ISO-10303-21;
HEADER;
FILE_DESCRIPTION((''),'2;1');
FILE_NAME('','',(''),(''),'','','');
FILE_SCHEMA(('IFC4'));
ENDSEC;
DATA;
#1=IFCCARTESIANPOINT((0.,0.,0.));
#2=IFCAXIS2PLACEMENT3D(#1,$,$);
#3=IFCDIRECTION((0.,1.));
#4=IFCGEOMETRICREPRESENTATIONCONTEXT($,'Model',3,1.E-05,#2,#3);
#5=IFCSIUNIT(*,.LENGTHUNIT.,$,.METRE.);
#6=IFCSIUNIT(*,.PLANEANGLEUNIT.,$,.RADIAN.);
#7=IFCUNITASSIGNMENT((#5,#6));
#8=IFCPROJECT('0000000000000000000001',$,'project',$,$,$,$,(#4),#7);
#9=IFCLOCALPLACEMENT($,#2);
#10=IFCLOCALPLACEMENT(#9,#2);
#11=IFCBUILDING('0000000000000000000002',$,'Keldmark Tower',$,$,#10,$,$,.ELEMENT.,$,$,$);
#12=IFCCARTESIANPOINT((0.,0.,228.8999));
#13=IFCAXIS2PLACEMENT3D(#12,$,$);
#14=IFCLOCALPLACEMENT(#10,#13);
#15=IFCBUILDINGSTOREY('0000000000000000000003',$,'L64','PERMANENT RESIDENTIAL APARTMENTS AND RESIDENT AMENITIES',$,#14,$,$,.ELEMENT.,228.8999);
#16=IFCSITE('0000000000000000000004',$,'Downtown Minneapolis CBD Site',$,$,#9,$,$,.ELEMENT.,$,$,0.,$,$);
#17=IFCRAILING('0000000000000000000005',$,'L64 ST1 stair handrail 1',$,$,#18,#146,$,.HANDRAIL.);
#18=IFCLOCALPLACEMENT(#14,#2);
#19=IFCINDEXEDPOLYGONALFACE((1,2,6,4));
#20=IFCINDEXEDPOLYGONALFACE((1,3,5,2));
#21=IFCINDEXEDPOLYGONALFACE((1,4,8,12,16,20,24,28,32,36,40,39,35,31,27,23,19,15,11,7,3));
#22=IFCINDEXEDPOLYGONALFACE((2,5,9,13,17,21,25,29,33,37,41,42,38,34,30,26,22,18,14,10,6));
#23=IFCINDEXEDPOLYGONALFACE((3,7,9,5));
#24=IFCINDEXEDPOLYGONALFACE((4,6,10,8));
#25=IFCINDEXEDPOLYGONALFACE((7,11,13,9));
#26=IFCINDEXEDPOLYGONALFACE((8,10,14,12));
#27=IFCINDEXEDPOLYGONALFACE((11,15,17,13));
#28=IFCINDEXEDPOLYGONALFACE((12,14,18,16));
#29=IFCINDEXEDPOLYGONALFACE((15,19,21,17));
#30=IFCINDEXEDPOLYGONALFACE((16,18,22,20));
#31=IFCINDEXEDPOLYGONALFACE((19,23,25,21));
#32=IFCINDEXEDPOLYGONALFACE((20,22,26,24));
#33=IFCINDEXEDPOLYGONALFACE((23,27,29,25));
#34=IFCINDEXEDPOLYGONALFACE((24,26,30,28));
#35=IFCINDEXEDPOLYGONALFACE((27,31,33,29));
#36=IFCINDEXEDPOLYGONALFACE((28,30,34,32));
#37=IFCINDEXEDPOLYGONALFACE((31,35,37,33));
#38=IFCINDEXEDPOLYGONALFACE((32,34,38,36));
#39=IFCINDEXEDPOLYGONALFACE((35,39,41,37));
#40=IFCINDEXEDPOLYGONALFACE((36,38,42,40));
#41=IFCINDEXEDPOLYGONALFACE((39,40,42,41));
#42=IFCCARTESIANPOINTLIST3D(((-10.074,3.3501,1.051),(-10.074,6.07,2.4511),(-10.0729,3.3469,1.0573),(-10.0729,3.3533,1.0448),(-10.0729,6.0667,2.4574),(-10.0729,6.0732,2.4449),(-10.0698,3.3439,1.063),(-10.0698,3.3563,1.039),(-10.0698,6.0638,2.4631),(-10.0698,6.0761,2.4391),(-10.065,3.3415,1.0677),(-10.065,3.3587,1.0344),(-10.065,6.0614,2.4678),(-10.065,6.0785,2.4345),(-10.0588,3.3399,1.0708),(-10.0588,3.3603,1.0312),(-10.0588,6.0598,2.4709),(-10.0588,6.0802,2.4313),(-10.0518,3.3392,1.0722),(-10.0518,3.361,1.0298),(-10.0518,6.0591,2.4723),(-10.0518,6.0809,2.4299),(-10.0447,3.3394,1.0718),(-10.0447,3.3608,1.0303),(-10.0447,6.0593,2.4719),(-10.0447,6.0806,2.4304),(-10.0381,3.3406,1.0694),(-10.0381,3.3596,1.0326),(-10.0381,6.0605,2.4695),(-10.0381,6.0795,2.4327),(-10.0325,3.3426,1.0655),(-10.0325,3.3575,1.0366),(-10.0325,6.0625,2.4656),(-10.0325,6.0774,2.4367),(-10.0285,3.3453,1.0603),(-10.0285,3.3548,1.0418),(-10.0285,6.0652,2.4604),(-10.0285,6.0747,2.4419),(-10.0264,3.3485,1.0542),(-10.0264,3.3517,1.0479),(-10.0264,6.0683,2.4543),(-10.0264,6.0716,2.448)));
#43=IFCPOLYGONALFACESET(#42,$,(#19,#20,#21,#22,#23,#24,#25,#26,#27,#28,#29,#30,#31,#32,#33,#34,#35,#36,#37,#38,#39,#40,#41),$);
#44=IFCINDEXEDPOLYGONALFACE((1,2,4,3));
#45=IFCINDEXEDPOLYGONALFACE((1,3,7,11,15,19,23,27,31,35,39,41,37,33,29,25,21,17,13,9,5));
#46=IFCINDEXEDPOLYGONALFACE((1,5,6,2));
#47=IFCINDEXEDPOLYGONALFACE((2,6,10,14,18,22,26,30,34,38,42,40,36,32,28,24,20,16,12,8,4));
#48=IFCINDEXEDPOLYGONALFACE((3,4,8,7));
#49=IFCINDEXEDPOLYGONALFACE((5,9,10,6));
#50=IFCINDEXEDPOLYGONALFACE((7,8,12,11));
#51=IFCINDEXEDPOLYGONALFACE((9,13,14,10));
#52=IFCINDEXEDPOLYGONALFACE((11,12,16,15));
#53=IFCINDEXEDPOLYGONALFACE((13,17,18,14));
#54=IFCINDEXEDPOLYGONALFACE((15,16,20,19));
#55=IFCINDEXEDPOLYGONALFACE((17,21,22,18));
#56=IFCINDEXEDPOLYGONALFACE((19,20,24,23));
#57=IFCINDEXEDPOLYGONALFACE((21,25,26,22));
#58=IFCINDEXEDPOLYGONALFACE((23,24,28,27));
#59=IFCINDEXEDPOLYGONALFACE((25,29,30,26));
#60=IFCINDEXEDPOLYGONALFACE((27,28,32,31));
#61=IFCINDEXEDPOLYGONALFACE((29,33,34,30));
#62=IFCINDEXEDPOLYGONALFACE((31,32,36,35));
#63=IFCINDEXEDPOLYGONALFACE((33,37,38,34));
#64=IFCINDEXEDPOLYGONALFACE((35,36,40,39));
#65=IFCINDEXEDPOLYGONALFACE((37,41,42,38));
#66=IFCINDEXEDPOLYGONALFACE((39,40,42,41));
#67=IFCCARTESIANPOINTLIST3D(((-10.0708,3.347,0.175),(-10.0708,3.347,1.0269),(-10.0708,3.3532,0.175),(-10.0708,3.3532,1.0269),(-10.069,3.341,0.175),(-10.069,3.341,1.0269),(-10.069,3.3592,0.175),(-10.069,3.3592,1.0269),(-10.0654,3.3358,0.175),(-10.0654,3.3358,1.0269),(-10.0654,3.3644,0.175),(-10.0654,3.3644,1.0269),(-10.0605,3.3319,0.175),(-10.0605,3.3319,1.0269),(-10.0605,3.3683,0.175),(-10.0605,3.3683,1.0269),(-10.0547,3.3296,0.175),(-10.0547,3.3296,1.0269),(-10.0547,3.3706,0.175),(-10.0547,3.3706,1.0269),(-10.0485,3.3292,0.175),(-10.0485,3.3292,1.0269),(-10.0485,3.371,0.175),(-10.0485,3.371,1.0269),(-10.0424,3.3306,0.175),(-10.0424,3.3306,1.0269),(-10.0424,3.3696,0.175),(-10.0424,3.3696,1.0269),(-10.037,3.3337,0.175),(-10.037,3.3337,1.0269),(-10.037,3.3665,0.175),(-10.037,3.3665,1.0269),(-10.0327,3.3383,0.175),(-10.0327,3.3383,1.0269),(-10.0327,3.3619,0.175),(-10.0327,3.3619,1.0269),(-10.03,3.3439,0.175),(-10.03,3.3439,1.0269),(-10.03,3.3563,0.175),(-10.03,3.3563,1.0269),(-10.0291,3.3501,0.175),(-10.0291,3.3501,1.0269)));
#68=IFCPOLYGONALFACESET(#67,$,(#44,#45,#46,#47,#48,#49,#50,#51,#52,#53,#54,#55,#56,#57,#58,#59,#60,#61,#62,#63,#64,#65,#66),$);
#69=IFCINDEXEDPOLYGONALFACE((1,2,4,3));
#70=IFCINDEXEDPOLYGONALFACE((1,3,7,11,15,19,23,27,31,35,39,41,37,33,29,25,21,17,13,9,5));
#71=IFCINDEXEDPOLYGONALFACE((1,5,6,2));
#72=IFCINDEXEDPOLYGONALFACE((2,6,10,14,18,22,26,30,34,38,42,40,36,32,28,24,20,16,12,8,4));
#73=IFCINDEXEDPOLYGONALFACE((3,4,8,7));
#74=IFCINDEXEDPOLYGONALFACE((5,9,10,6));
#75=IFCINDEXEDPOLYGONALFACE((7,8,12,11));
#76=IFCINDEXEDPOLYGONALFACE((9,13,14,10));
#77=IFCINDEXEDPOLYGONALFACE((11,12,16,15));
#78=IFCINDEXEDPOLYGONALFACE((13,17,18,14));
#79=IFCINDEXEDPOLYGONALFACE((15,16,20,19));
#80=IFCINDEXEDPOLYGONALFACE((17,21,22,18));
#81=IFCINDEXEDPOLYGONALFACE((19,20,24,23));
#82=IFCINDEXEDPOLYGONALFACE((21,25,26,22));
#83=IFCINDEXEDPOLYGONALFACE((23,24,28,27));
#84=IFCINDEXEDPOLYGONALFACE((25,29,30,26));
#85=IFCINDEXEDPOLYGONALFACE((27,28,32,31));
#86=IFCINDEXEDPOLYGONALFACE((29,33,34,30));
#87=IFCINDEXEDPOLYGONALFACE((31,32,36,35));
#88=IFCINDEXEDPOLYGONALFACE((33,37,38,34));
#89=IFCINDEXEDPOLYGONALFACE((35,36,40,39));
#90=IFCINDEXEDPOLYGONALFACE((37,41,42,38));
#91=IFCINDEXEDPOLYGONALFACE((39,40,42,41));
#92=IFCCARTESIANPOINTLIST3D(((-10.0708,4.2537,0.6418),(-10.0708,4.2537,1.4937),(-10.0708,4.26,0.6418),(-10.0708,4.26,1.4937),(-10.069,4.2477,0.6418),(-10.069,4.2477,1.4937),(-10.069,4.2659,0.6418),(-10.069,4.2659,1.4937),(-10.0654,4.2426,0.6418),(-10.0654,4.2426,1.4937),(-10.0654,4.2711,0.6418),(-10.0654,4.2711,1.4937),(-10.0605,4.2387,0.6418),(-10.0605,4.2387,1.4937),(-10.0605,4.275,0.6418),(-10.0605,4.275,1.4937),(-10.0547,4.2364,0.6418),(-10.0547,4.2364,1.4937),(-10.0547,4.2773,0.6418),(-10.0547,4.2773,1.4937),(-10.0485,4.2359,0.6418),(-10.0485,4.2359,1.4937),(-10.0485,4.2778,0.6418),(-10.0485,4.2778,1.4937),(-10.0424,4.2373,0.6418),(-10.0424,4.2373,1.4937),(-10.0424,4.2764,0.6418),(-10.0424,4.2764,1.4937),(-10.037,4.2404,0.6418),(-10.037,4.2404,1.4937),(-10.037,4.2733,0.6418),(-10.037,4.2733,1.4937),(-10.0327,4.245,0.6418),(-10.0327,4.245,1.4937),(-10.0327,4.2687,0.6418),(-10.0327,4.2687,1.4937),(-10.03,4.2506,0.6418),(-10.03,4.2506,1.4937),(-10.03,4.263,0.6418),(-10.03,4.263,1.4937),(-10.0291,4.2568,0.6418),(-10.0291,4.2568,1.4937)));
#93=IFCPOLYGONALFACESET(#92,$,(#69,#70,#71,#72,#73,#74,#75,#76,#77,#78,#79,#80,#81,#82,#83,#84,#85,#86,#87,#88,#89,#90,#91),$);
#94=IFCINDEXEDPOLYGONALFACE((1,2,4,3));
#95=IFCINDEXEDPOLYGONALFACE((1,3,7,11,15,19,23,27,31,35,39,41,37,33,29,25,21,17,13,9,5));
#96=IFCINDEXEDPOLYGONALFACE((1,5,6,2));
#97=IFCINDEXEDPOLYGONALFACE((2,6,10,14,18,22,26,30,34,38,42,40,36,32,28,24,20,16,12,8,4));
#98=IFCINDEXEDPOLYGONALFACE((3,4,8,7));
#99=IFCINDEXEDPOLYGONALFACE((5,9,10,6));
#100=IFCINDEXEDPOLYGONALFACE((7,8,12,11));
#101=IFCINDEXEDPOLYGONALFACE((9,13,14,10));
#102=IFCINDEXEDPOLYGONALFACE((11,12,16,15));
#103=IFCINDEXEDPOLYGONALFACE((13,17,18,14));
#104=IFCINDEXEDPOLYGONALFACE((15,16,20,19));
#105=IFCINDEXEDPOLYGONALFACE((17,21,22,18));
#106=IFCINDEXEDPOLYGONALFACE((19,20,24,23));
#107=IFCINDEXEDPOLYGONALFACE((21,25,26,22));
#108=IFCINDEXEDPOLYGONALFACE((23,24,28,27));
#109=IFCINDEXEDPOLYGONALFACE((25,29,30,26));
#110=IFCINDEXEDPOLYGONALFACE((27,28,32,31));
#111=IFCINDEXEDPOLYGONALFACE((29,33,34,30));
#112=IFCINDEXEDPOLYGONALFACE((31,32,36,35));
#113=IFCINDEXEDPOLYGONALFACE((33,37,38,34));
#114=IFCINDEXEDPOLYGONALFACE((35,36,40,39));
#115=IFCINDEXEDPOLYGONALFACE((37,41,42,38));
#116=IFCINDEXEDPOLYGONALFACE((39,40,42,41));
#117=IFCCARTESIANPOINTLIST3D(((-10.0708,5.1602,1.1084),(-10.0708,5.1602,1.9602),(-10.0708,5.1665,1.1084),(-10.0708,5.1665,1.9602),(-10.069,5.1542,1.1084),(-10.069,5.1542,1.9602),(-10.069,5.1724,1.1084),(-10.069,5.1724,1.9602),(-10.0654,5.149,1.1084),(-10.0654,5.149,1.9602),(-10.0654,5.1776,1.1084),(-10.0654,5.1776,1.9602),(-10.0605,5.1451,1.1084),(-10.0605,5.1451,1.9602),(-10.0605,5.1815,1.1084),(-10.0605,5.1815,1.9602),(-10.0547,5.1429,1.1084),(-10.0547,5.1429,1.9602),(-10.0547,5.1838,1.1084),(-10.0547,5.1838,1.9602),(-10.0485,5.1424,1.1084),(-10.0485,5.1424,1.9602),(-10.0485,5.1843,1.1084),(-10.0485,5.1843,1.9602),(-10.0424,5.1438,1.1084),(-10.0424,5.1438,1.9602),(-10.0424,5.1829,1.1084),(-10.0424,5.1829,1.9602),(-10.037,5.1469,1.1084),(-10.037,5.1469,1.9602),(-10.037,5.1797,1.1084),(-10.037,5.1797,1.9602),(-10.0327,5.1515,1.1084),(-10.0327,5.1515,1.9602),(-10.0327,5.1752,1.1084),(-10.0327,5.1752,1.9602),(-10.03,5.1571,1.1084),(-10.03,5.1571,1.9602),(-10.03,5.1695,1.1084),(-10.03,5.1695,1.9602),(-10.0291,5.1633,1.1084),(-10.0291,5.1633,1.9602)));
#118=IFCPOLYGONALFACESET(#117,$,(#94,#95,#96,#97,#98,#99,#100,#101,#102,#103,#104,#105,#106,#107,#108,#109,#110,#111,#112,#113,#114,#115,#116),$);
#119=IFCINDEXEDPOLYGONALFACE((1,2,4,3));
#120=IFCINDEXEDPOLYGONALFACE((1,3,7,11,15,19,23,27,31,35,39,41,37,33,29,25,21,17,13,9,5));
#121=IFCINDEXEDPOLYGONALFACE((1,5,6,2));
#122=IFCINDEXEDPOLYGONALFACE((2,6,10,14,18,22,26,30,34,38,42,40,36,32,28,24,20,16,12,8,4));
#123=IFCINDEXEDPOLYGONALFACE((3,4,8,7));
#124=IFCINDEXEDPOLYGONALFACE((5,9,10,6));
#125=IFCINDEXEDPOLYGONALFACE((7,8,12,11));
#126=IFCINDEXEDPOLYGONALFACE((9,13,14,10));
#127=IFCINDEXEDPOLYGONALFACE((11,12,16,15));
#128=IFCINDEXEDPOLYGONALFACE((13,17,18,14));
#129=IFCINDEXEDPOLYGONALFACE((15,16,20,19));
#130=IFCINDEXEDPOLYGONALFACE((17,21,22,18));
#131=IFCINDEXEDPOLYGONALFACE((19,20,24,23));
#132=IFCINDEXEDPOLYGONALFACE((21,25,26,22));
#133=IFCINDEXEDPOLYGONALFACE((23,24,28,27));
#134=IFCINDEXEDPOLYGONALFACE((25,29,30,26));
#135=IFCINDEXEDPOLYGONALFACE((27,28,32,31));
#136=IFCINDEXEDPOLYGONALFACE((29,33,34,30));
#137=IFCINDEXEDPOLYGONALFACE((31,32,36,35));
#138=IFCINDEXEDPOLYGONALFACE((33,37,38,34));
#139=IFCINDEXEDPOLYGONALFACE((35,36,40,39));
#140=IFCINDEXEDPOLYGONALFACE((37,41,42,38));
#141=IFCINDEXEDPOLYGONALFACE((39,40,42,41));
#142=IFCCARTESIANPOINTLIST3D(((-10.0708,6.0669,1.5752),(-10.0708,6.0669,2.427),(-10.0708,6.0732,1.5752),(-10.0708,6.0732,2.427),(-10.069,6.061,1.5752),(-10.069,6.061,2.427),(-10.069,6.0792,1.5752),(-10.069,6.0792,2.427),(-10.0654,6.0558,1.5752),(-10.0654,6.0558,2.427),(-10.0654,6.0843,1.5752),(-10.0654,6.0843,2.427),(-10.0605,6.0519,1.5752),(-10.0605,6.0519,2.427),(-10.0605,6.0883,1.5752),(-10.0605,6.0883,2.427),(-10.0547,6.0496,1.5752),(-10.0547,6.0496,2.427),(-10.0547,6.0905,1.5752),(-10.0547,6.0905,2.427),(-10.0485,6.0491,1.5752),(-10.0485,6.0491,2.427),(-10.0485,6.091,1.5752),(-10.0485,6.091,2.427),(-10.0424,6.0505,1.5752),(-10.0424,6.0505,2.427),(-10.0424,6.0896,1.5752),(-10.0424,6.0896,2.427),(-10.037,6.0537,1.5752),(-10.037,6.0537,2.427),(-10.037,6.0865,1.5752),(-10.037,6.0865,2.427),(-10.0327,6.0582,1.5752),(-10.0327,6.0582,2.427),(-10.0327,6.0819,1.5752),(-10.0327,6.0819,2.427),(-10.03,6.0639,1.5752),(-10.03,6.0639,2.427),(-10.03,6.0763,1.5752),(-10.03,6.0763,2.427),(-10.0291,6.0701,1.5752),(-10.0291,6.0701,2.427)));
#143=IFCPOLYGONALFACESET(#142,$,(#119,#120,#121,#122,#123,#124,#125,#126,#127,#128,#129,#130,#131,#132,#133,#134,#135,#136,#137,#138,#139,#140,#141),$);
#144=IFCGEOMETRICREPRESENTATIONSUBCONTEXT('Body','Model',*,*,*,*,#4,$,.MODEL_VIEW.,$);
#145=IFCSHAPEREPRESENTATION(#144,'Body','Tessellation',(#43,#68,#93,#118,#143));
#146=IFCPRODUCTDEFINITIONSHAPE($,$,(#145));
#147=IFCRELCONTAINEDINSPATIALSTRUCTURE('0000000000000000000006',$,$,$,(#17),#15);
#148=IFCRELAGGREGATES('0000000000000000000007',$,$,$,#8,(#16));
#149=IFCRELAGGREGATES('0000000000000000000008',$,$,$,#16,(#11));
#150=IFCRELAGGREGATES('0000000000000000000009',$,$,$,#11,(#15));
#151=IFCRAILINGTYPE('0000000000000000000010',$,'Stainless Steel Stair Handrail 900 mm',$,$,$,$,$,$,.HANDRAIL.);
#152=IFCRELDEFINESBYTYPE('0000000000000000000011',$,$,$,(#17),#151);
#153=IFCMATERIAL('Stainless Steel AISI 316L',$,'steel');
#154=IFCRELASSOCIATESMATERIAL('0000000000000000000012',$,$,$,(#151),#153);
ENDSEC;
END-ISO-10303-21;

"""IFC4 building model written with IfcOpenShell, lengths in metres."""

from ifc_helpers import new_model, si_unit, direction, frame, origin, origin_2d, place, context, subcontext, project, spatial, circle, extrude, material, type_object, element, save


model = new_model("IFC4")

# Units and contexts
model_context = context("Model", 3, precision=1e-05, world=origin(), true_north=direction((0.0, 1.0)))
body_context = subcontext(model_context, "Body", "Model", "MODEL_VIEW")
ifc_project = project(units=[si_unit("LENGTHUNIT", "METRE"), si_unit("PLANEANGLEUNIT", "RADIAN")], contexts=[model_context])

# Site, building, storey
site_placement = place(None, origin())
site = spatial("IfcSite", under=ifc_project, at=site_placement, Name="Downtown Minneapolis CBD Site", CompositionType="ELEMENT", RefElevation=0.0)
building_placement = place(site_placement, origin())
building = spatial("IfcBuilding", under=site, at=building_placement, Name="Keldmark Tower", CompositionType="ELEMENT")
storey_placement = place(building_placement, frame((0.0, 0.0, 228.8999)))
storey = spatial("IfcBuildingStorey", under=building, at=storey_placement, Name="L64", Description="PERMANENT RESIDENTIAL APARTMENTS AND RESIDENT AMENITIES", CompositionType="ELEMENT", Elevation=228.8999)

# Railing
ifc_material_1 = material(Name="Stainless Steel AISI 316L", Category="steel")
railing_type_1 = type_object("IfcRailingType", Name="Stainless Steel Stair Handrail 900 mm", PredefinedType="HANDRAIL", material=ifc_material_1)
railing_1_placement = place(storey_placement, frame((-10.05, 3.3501, 0.175)))
element("IfcRailing", 1, at=railing_1_placement, inside=storey, type_object=railing_type_1, Name="L64 ST1 stair handrail 1", PredefinedType="HANDRAIL", context=body_context, shape_type="SweptSolid", body=[
    extrude(circle(Radius=0.0239, at=origin_2d()), frame((0.0, 0.0, 0.876), z_axis=(0.0, 0.889114, 0.457685), x_axis=(-1.0, 0.0, 0.0)), (0.0, 0.0, 1.0), 3.0591),
    extrude(circle(Radius=0.021, at=origin_2d()), origin(), (0.0, 0.0, 1.0), 0.8518),
    extrude(circle(Radius=0.021, at=origin_2d()), frame((0.0, 0.9067, 0.4668)), (0.0, 0.0, 1.0), 0.8518),
    extrude(circle(Radius=0.021, at=origin_2d()), frame((0.0, 1.8132, 0.9333)), (0.0, 0.0, 1.0), 0.8518),
    extrude(circle(Radius=0.021, at=origin_2d()), frame((0.0, 2.72, 1.4001)), (0.0, 0.0, 1.0), 0.8518),
])

save(model, "model.ifc")
